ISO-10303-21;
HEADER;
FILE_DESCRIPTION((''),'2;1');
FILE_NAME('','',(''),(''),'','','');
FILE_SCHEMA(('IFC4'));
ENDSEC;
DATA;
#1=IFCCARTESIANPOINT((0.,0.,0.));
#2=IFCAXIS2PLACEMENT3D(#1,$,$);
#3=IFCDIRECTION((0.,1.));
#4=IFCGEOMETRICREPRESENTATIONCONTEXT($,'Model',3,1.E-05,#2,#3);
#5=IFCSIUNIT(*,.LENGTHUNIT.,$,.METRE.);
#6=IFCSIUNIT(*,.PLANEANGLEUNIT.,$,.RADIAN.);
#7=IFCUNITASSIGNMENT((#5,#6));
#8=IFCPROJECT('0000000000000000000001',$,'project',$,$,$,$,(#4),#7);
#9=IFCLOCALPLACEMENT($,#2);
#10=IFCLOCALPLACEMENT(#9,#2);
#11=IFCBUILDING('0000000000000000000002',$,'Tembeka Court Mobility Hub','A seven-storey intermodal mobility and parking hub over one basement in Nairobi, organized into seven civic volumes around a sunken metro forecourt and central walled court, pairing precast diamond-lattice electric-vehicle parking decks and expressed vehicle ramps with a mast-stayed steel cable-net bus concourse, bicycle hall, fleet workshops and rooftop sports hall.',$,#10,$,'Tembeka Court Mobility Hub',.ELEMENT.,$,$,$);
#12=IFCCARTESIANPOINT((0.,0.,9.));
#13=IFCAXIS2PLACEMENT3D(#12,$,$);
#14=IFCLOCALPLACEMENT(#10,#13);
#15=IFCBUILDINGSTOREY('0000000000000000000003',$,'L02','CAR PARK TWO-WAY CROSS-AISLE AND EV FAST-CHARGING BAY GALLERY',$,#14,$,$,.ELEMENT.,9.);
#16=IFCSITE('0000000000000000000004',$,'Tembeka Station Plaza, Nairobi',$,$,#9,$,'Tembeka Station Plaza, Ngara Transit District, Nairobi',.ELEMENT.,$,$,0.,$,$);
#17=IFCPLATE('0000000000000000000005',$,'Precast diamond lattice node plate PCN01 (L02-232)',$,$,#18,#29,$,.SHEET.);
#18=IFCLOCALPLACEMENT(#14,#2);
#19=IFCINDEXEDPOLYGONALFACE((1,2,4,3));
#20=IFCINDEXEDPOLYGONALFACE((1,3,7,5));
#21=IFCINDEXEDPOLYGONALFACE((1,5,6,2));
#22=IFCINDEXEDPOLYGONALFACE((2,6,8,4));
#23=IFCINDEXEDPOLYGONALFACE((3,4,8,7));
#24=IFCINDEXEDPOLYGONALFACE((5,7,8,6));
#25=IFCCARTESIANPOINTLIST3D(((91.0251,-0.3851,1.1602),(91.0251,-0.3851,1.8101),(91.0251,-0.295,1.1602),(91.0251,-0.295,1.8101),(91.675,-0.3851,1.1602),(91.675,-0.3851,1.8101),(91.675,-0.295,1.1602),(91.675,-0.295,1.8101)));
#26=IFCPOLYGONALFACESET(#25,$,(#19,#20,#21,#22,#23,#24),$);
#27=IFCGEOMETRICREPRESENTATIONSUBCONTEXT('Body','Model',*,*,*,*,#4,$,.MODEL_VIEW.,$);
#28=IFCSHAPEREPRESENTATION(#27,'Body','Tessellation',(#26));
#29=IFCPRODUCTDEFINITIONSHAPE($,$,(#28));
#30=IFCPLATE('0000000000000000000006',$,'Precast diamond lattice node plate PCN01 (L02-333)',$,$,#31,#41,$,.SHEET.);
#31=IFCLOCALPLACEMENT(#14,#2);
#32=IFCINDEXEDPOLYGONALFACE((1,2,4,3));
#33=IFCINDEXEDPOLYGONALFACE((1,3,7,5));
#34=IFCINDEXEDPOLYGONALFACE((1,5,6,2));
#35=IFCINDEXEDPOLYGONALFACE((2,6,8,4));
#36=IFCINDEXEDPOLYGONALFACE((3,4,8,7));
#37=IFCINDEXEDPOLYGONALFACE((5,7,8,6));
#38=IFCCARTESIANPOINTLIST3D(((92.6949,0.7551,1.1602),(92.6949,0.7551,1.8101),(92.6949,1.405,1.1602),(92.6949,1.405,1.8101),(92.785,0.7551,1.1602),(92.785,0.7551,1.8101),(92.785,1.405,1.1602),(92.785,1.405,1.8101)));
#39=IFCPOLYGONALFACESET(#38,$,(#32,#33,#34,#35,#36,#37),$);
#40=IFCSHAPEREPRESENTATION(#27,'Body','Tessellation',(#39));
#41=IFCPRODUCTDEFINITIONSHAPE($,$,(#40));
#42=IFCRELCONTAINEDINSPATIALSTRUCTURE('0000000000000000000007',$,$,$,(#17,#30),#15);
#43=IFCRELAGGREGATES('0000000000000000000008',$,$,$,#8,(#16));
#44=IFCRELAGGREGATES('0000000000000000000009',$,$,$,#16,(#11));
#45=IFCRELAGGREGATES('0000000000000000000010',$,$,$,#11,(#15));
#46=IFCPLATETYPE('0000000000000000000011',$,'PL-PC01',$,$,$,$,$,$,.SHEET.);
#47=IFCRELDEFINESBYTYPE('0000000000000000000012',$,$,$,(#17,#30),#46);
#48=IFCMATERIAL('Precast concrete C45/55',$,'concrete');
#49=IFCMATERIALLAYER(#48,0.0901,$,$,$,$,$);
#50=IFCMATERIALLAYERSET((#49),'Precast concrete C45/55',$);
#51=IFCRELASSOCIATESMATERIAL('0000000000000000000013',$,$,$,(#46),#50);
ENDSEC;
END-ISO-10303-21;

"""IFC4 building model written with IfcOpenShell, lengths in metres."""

from ifc_helpers import new_model, si_unit, direction, frame, origin, origin_2d, place, context, subcontext, project, spatial, rectangle, extrude, material, layer, layer_set, type_object, element, save


model = new_model("IFC4")

# Units and contexts
model_context = context("Model", 3, precision=1e-05, world=origin(), true_north=direction((0.0, 1.0)))
body_context = subcontext(model_context, "Body", "Model", "MODEL_VIEW")
ifc_project = project(units=[si_unit("LENGTHUNIT", "METRE"), si_unit("PLANEANGLEUNIT", "RADIAN")], contexts=[model_context])

# Site, building, storey
site_placement = place(None, origin())
site = spatial("IfcSite", under=ifc_project, at=site_placement, Name="Tembeka Station Plaza, Nairobi", LongName="Tembeka Station Plaza, Ngara Transit District, Nairobi", CompositionType="ELEMENT", RefElevation=0.0)
building_placement = place(site_placement, origin())
building = spatial("IfcBuilding", under=site, at=building_placement, Name="Tembeka Court Mobility Hub", Description="A seven-storey intermodal mobility and parking hub over one basement in Nairobi, organized into seven civic volumes around a sunken metro forecourt and central walled court, pairing precast diamond-lattice electric-vehicle parking decks and expressed vehicle ramps with a mast-stayed steel cable-net bus concourse, bicycle hall, fleet workshops and rooftop sports hall.", LongName="Tembeka Court Mobility Hub", CompositionType="ELEMENT")
storey_placement = place(building_placement, frame((0.0, 0.0, 9.0)))
storey = spatial("IfcBuildingStorey", under=building, at=storey_placement, Name="L02", Description="CAR PARK TWO-WAY CROSS-AISLE AND EV FAST-CHARGING BAY GALLERY", CompositionType="ELEMENT", Elevation=9.0)

# Shared definitions
ifc_material_1 = material(Name="Precast concrete C45/55", Category="concrete")

# Plates
ifc_layer = layer(ifc_material_1, 0.0901)
ifc_layer_set = layer_set([ifc_layer], Name="Precast concrete C45/55")
plate_type = type_object("IfcPlateType", Name="PL-PC01", PredefinedType="SHEET", material=ifc_layer_set)
for number, where, z_axis, x_axis, name in (
    (1, (91.3501, -0.3401, 1.1602), (0.0, 0.0, 1.0), (1.0, 0.0, 0.0), "Precast diamond lattice node plate PCN01 (L02-232)"),
):
    element("IfcPlate", number, at=place(storey_placement, frame(where, z_axis=z_axis, x_axis=x_axis)), inside=storey, type_object=plate_type, Name=name, PredefinedType="SHEET", context=body_context, shape_type="SweptSolid", body=[
        extrude(rectangle(XDim=0.6499, YDim=0.0901, at=origin_2d()), origin(), (0.0, 0.0, 1.0), 0.6499),
    ])
plate_placement = place(storey_placement, frame((92.74, 1.0801, 1.1602), z_axis=(0.0, 0.0, 1.0), x_axis=(1.0, 0.0, 0.0)))
element("IfcPlate", 2, at=plate_placement, inside=storey, type_object=plate_type, Name="Precast diamond lattice node plate PCN01 (L02-333)", PredefinedType="SHEET", context=body_context, shape_type="SweptSolid", body=[
    extrude(rectangle(XDim=0.0901, YDim=0.6499, at=origin_2d()), origin(), (0.0, 0.0, 1.0), 0.6499),
])

save(model, "model.ifc")
